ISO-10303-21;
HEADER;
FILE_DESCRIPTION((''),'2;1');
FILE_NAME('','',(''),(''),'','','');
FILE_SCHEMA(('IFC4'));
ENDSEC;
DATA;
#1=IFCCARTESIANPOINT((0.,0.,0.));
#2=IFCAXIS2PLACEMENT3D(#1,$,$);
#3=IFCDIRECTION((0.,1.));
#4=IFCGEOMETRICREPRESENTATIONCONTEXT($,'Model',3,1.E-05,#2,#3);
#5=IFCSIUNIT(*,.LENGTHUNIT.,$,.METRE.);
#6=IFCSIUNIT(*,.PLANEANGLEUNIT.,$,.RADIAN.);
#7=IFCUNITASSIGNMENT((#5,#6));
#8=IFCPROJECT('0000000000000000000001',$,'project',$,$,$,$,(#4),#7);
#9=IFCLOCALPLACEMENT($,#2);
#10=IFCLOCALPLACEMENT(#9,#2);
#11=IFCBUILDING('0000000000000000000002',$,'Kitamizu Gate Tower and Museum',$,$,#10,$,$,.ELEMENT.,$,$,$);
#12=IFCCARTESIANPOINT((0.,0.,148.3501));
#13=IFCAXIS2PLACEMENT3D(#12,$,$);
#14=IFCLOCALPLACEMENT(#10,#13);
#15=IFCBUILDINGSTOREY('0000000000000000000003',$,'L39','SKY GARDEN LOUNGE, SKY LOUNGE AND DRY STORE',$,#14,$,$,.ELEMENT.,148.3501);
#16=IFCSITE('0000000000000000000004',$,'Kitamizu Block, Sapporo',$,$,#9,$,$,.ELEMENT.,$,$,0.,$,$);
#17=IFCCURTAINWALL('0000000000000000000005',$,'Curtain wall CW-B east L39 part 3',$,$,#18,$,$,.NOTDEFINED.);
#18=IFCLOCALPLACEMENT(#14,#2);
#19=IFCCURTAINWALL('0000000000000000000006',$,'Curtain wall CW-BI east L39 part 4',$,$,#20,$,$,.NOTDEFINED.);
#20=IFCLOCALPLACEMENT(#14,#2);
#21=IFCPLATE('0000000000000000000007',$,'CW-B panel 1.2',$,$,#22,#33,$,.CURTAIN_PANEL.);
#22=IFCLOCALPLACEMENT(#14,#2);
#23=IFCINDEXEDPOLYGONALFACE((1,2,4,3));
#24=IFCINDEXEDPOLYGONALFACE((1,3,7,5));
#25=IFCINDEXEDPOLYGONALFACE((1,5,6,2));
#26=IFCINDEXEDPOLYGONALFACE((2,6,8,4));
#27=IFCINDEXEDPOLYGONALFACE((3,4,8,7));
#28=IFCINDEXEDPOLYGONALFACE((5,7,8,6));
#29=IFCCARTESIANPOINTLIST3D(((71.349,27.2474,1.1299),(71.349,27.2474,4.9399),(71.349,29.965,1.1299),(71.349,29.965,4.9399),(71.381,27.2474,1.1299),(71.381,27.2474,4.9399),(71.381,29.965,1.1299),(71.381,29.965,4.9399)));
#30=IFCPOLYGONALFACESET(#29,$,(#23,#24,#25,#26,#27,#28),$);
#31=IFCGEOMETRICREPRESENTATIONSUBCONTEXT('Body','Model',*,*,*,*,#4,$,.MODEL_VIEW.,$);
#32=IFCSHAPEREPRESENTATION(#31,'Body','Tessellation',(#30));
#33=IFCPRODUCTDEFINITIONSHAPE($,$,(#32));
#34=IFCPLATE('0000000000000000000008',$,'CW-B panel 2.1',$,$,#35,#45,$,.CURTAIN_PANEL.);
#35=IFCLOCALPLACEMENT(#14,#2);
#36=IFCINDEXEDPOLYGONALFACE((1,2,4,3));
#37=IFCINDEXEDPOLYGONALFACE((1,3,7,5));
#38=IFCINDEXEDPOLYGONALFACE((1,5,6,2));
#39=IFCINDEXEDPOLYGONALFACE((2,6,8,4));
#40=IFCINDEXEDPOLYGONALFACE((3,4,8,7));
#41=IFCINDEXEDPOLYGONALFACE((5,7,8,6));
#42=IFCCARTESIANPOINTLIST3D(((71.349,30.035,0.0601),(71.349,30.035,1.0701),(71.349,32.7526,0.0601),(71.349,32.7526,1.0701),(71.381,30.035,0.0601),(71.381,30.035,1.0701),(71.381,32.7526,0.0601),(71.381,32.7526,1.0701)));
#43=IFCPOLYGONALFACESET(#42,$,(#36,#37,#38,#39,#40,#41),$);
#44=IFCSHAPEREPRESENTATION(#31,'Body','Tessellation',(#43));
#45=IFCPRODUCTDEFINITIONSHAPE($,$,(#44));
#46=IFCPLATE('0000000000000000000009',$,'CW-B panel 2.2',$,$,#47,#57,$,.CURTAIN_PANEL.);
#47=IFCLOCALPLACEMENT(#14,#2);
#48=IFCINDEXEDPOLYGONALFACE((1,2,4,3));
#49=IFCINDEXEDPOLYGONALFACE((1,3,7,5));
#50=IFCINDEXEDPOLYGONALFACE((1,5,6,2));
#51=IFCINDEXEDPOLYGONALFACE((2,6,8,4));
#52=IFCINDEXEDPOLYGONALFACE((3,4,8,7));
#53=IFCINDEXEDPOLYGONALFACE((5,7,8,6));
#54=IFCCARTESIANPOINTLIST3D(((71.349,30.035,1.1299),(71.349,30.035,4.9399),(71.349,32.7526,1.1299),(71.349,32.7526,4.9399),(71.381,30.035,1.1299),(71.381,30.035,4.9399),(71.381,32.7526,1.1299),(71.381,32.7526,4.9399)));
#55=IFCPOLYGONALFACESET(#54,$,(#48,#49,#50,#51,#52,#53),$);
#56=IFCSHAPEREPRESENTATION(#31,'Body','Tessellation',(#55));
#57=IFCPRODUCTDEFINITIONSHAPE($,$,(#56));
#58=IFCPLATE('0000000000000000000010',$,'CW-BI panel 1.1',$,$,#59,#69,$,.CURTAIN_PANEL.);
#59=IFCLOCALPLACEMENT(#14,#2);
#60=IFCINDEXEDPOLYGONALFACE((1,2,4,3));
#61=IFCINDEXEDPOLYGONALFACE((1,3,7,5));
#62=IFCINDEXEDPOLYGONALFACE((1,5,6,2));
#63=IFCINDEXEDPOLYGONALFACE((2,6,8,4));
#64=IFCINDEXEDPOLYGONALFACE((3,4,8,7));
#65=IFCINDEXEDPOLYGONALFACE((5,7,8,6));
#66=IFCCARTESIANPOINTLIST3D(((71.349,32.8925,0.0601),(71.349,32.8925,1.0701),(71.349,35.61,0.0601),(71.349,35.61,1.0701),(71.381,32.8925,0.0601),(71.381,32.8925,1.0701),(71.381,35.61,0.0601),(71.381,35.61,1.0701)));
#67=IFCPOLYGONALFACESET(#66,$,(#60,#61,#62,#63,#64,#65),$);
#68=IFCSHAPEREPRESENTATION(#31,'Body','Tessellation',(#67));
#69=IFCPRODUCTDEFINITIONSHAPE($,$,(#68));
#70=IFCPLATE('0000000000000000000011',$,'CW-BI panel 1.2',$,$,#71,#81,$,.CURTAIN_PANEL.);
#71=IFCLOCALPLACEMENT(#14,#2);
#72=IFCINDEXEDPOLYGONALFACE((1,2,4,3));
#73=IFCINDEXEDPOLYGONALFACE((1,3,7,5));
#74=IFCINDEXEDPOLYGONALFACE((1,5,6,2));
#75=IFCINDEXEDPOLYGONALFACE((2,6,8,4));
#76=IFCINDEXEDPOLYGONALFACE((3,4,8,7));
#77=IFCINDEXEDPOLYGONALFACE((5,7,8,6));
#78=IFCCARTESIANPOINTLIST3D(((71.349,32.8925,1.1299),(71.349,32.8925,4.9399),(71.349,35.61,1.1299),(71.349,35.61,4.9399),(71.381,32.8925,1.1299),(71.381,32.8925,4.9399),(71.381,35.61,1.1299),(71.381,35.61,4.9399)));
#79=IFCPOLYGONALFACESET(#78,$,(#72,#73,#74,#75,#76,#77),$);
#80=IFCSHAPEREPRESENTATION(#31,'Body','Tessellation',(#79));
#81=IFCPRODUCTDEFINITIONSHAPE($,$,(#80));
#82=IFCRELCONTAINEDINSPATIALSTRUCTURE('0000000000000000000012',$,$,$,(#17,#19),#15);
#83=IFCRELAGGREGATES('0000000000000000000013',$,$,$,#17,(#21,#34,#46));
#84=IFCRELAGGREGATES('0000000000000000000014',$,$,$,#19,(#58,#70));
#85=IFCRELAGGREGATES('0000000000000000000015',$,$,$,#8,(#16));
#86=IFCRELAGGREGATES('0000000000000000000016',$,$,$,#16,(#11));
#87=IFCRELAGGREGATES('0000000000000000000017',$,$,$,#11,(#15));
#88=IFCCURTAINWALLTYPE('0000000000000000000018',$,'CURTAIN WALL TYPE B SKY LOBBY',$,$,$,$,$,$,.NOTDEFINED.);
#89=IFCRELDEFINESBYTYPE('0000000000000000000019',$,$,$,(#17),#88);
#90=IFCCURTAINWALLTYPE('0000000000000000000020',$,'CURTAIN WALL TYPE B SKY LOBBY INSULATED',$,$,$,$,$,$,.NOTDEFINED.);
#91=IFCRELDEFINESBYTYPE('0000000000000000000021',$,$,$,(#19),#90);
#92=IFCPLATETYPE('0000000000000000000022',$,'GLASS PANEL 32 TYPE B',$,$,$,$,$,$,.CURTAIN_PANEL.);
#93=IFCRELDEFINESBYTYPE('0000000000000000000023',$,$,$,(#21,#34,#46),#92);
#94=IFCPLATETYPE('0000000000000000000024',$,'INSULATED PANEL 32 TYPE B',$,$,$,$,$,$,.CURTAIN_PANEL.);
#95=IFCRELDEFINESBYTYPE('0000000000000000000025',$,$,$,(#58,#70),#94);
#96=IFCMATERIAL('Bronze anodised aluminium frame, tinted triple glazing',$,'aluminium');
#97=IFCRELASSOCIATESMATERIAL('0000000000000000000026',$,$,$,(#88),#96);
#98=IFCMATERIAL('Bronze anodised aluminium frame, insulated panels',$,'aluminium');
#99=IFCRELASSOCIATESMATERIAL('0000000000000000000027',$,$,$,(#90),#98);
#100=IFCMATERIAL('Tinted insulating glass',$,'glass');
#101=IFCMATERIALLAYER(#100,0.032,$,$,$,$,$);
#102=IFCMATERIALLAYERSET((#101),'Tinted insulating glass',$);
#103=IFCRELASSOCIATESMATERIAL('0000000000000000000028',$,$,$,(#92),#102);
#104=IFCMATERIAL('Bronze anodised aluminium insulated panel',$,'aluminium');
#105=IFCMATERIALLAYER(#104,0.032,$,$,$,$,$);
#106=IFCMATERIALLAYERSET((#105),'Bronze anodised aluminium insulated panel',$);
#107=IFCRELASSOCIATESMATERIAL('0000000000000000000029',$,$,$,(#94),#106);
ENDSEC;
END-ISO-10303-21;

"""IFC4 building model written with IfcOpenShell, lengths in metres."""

from ifc_helpers import new_model, si_unit, direction, frame, origin, origin_2d, place, context, subcontext, project, spatial, rectangle, extrude, material, layer, layer_set, type_object, element, aggregate, save


model = new_model("IFC4")

# Units and contexts
model_context = context("Model", 3, precision=1e-05, world=origin(), true_north=direction((0.0, 1.0)))
body_context = subcontext(model_context, "Body", "Model", "MODEL_VIEW")
ifc_project = project(units=[si_unit("LENGTHUNIT", "METRE"), si_unit("PLANEANGLEUNIT", "RADIAN")], contexts=[model_context])

# Site, building, storey
site_placement = place(None, origin())
site = spatial("IfcSite", under=ifc_project, at=site_placement, Name="Kitamizu Block, Sapporo", CompositionType="ELEMENT", RefElevation=0.0)
building_placement = place(site_placement, origin())
building = spatial("IfcBuilding", under=site, at=building_placement, Name="Kitamizu Gate Tower and Museum", CompositionType="ELEMENT")
storey_placement = place(building_placement, frame((0.0, 0.0, 148.3501)))
storey = spatial("IfcBuildingStorey", under=building, at=storey_placement, Name="L39", Description="SKY GARDEN LOUNGE, SKY LOUNGE AND DRY STORE", CompositionType="ELEMENT", Elevation=148.3501)

# Curtain walls
ifc_material_1 = material(Name="Bronze anodised aluminium frame, tinted triple glazing", Category="aluminium")
curtain_wall_type_1 = type_object("IfcCurtainWallType", Name="CURTAIN WALL TYPE B SKY LOBBY", PredefinedType="NOTDEFINED", material=ifc_material_1)
curtain_wall_1_placement = place(storey_placement, origin())
curtain_wall_1 = element("IfcCurtainWall", 1, at=curtain_wall_1_placement, inside=storey, type_object=curtain_wall_type_1, Name="Curtain wall CW-B east L39 part 3", PredefinedType="NOTDEFINED")
ifc_material_2 = material(Name="Bronze anodised aluminium frame, insulated panels", Category="aluminium")
curtain_wall_type_2 = type_object("IfcCurtainWallType", Name="CURTAIN WALL TYPE B SKY LOBBY INSULATED", PredefinedType="NOTDEFINED", material=ifc_material_2)
curtain_wall_2_placement = place(storey_placement, origin())
curtain_wall_2 = element("IfcCurtainWall", 2, at=curtain_wall_2_placement, inside=storey, type_object=curtain_wall_type_2, Name="Curtain wall CW-BI east L39 part 4", PredefinedType="NOTDEFINED")

# Plates
ifc_material_3 = material(Name="Tinted insulating glass", Category="glass")
ifc_layer_1 = layer(ifc_material_3, 0.032)
ifc_layer_set_1 = layer_set([ifc_layer_1], Name="Tinted insulating glass")
plate_type_1 = type_object("IfcPlateType", Name="GLASS PANEL 32 TYPE B", PredefinedType="CURTAIN_PANEL", material=ifc_layer_set_1)
plate_1_placement = place(storey_placement, frame((71.365, 28.6062, 1.1299), z_axis=(0.0, 0.0, 1.0), x_axis=(0.0, 1.0, 0.0)))
plate_1 = element("IfcPlate", 3, at=plate_1_placement, type_object=plate_type_1, Name="CW-B panel 1.2", PredefinedType="CURTAIN_PANEL", context=body_context, shape_type="SweptSolid", body=[
    extrude(rectangle(XDim=2.7175, YDim=0.032, at=origin_2d()), origin(), (0.0, 0.0, 1.0), 3.8101),
])
plate_2_placement = place(storey_placement, frame((71.365, 31.3938, 0.0601), z_axis=(0.0, 0.0, 1.0), x_axis=(0.0, 1.0, 0.0)))
plate_2 = element("IfcPlate", 4, at=plate_2_placement, type_object=plate_type_1, Name="CW-B panel 2.1", PredefinedType="CURTAIN_PANEL", context=body_context, shape_type="SweptSolid", body=[
    extrude(rectangle(XDim=2.7175, YDim=0.032, at=origin_2d()), origin(), (0.0, 0.0, 1.0), 1.01),
])
plate_3_placement = place(storey_placement, frame((71.365, 31.3938, 1.1299), z_axis=(0.0, 0.0, 1.0), x_axis=(0.0, 1.0, 0.0)))
plate_3 = element("IfcPlate", 5, at=plate_3_placement, type_object=plate_type_1, Name="CW-B panel 2.2", PredefinedType="CURTAIN_PANEL", context=body_context, shape_type="SweptSolid", body=[
    extrude(rectangle(XDim=2.7175, YDim=0.032, at=origin_2d()), origin(), (0.0, 0.0, 1.0), 3.8101),
])
aggregate(curtain_wall_1, [plate_1, plate_2, plate_3])
ifc_material_4 = material(Name="Bronze anodised aluminium insulated panel", Category="aluminium")
ifc_layer_2 = layer(ifc_material_4, 0.032)
ifc_layer_set_2 = layer_set([ifc_layer_2], Name="Bronze anodised aluminium insulated panel")
plate_type_2 = type_object("IfcPlateType", Name="INSULATED PANEL 32 TYPE B", PredefinedType="CURTAIN_PANEL", material=ifc_layer_set_2)
plate_4_placement = place(storey_placement, frame((71.365, 34.2512, 0.0601), z_axis=(0.0, 0.0, 1.0), x_axis=(0.0, 1.0, 0.0)))
plate_4 = element("IfcPlate", 6, at=plate_4_placement, type_object=plate_type_2, Name="CW-BI panel 1.1", PredefinedType="CURTAIN_PANEL", context=body_context, shape_type="SweptSolid", body=[
    extrude(rectangle(XDim=2.7175, YDim=0.032, at=origin_2d()), origin(), (0.0, 0.0, 1.0), 1.01),
])
plate_5_placement = place(storey_placement, frame((71.365, 34.2512, 1.1299), z_axis=(0.0, 0.0, 1.0), x_axis=(0.0, 1.0, 0.0)))
plate_5 = element("IfcPlate", 7, at=plate_5_placement, type_object=plate_type_2, Name="CW-BI panel 1.2", PredefinedType="CURTAIN_PANEL", context=body_context, shape_type="SweptSolid", body=[
    extrude(rectangle(XDim=2.7175, YDim=0.032, at=origin_2d()), origin(), (0.0, 0.0, 1.0), 3.8101),
])
aggregate(curtain_wall_2, [plate_4, plate_5])

save(model, "model.ifc")
